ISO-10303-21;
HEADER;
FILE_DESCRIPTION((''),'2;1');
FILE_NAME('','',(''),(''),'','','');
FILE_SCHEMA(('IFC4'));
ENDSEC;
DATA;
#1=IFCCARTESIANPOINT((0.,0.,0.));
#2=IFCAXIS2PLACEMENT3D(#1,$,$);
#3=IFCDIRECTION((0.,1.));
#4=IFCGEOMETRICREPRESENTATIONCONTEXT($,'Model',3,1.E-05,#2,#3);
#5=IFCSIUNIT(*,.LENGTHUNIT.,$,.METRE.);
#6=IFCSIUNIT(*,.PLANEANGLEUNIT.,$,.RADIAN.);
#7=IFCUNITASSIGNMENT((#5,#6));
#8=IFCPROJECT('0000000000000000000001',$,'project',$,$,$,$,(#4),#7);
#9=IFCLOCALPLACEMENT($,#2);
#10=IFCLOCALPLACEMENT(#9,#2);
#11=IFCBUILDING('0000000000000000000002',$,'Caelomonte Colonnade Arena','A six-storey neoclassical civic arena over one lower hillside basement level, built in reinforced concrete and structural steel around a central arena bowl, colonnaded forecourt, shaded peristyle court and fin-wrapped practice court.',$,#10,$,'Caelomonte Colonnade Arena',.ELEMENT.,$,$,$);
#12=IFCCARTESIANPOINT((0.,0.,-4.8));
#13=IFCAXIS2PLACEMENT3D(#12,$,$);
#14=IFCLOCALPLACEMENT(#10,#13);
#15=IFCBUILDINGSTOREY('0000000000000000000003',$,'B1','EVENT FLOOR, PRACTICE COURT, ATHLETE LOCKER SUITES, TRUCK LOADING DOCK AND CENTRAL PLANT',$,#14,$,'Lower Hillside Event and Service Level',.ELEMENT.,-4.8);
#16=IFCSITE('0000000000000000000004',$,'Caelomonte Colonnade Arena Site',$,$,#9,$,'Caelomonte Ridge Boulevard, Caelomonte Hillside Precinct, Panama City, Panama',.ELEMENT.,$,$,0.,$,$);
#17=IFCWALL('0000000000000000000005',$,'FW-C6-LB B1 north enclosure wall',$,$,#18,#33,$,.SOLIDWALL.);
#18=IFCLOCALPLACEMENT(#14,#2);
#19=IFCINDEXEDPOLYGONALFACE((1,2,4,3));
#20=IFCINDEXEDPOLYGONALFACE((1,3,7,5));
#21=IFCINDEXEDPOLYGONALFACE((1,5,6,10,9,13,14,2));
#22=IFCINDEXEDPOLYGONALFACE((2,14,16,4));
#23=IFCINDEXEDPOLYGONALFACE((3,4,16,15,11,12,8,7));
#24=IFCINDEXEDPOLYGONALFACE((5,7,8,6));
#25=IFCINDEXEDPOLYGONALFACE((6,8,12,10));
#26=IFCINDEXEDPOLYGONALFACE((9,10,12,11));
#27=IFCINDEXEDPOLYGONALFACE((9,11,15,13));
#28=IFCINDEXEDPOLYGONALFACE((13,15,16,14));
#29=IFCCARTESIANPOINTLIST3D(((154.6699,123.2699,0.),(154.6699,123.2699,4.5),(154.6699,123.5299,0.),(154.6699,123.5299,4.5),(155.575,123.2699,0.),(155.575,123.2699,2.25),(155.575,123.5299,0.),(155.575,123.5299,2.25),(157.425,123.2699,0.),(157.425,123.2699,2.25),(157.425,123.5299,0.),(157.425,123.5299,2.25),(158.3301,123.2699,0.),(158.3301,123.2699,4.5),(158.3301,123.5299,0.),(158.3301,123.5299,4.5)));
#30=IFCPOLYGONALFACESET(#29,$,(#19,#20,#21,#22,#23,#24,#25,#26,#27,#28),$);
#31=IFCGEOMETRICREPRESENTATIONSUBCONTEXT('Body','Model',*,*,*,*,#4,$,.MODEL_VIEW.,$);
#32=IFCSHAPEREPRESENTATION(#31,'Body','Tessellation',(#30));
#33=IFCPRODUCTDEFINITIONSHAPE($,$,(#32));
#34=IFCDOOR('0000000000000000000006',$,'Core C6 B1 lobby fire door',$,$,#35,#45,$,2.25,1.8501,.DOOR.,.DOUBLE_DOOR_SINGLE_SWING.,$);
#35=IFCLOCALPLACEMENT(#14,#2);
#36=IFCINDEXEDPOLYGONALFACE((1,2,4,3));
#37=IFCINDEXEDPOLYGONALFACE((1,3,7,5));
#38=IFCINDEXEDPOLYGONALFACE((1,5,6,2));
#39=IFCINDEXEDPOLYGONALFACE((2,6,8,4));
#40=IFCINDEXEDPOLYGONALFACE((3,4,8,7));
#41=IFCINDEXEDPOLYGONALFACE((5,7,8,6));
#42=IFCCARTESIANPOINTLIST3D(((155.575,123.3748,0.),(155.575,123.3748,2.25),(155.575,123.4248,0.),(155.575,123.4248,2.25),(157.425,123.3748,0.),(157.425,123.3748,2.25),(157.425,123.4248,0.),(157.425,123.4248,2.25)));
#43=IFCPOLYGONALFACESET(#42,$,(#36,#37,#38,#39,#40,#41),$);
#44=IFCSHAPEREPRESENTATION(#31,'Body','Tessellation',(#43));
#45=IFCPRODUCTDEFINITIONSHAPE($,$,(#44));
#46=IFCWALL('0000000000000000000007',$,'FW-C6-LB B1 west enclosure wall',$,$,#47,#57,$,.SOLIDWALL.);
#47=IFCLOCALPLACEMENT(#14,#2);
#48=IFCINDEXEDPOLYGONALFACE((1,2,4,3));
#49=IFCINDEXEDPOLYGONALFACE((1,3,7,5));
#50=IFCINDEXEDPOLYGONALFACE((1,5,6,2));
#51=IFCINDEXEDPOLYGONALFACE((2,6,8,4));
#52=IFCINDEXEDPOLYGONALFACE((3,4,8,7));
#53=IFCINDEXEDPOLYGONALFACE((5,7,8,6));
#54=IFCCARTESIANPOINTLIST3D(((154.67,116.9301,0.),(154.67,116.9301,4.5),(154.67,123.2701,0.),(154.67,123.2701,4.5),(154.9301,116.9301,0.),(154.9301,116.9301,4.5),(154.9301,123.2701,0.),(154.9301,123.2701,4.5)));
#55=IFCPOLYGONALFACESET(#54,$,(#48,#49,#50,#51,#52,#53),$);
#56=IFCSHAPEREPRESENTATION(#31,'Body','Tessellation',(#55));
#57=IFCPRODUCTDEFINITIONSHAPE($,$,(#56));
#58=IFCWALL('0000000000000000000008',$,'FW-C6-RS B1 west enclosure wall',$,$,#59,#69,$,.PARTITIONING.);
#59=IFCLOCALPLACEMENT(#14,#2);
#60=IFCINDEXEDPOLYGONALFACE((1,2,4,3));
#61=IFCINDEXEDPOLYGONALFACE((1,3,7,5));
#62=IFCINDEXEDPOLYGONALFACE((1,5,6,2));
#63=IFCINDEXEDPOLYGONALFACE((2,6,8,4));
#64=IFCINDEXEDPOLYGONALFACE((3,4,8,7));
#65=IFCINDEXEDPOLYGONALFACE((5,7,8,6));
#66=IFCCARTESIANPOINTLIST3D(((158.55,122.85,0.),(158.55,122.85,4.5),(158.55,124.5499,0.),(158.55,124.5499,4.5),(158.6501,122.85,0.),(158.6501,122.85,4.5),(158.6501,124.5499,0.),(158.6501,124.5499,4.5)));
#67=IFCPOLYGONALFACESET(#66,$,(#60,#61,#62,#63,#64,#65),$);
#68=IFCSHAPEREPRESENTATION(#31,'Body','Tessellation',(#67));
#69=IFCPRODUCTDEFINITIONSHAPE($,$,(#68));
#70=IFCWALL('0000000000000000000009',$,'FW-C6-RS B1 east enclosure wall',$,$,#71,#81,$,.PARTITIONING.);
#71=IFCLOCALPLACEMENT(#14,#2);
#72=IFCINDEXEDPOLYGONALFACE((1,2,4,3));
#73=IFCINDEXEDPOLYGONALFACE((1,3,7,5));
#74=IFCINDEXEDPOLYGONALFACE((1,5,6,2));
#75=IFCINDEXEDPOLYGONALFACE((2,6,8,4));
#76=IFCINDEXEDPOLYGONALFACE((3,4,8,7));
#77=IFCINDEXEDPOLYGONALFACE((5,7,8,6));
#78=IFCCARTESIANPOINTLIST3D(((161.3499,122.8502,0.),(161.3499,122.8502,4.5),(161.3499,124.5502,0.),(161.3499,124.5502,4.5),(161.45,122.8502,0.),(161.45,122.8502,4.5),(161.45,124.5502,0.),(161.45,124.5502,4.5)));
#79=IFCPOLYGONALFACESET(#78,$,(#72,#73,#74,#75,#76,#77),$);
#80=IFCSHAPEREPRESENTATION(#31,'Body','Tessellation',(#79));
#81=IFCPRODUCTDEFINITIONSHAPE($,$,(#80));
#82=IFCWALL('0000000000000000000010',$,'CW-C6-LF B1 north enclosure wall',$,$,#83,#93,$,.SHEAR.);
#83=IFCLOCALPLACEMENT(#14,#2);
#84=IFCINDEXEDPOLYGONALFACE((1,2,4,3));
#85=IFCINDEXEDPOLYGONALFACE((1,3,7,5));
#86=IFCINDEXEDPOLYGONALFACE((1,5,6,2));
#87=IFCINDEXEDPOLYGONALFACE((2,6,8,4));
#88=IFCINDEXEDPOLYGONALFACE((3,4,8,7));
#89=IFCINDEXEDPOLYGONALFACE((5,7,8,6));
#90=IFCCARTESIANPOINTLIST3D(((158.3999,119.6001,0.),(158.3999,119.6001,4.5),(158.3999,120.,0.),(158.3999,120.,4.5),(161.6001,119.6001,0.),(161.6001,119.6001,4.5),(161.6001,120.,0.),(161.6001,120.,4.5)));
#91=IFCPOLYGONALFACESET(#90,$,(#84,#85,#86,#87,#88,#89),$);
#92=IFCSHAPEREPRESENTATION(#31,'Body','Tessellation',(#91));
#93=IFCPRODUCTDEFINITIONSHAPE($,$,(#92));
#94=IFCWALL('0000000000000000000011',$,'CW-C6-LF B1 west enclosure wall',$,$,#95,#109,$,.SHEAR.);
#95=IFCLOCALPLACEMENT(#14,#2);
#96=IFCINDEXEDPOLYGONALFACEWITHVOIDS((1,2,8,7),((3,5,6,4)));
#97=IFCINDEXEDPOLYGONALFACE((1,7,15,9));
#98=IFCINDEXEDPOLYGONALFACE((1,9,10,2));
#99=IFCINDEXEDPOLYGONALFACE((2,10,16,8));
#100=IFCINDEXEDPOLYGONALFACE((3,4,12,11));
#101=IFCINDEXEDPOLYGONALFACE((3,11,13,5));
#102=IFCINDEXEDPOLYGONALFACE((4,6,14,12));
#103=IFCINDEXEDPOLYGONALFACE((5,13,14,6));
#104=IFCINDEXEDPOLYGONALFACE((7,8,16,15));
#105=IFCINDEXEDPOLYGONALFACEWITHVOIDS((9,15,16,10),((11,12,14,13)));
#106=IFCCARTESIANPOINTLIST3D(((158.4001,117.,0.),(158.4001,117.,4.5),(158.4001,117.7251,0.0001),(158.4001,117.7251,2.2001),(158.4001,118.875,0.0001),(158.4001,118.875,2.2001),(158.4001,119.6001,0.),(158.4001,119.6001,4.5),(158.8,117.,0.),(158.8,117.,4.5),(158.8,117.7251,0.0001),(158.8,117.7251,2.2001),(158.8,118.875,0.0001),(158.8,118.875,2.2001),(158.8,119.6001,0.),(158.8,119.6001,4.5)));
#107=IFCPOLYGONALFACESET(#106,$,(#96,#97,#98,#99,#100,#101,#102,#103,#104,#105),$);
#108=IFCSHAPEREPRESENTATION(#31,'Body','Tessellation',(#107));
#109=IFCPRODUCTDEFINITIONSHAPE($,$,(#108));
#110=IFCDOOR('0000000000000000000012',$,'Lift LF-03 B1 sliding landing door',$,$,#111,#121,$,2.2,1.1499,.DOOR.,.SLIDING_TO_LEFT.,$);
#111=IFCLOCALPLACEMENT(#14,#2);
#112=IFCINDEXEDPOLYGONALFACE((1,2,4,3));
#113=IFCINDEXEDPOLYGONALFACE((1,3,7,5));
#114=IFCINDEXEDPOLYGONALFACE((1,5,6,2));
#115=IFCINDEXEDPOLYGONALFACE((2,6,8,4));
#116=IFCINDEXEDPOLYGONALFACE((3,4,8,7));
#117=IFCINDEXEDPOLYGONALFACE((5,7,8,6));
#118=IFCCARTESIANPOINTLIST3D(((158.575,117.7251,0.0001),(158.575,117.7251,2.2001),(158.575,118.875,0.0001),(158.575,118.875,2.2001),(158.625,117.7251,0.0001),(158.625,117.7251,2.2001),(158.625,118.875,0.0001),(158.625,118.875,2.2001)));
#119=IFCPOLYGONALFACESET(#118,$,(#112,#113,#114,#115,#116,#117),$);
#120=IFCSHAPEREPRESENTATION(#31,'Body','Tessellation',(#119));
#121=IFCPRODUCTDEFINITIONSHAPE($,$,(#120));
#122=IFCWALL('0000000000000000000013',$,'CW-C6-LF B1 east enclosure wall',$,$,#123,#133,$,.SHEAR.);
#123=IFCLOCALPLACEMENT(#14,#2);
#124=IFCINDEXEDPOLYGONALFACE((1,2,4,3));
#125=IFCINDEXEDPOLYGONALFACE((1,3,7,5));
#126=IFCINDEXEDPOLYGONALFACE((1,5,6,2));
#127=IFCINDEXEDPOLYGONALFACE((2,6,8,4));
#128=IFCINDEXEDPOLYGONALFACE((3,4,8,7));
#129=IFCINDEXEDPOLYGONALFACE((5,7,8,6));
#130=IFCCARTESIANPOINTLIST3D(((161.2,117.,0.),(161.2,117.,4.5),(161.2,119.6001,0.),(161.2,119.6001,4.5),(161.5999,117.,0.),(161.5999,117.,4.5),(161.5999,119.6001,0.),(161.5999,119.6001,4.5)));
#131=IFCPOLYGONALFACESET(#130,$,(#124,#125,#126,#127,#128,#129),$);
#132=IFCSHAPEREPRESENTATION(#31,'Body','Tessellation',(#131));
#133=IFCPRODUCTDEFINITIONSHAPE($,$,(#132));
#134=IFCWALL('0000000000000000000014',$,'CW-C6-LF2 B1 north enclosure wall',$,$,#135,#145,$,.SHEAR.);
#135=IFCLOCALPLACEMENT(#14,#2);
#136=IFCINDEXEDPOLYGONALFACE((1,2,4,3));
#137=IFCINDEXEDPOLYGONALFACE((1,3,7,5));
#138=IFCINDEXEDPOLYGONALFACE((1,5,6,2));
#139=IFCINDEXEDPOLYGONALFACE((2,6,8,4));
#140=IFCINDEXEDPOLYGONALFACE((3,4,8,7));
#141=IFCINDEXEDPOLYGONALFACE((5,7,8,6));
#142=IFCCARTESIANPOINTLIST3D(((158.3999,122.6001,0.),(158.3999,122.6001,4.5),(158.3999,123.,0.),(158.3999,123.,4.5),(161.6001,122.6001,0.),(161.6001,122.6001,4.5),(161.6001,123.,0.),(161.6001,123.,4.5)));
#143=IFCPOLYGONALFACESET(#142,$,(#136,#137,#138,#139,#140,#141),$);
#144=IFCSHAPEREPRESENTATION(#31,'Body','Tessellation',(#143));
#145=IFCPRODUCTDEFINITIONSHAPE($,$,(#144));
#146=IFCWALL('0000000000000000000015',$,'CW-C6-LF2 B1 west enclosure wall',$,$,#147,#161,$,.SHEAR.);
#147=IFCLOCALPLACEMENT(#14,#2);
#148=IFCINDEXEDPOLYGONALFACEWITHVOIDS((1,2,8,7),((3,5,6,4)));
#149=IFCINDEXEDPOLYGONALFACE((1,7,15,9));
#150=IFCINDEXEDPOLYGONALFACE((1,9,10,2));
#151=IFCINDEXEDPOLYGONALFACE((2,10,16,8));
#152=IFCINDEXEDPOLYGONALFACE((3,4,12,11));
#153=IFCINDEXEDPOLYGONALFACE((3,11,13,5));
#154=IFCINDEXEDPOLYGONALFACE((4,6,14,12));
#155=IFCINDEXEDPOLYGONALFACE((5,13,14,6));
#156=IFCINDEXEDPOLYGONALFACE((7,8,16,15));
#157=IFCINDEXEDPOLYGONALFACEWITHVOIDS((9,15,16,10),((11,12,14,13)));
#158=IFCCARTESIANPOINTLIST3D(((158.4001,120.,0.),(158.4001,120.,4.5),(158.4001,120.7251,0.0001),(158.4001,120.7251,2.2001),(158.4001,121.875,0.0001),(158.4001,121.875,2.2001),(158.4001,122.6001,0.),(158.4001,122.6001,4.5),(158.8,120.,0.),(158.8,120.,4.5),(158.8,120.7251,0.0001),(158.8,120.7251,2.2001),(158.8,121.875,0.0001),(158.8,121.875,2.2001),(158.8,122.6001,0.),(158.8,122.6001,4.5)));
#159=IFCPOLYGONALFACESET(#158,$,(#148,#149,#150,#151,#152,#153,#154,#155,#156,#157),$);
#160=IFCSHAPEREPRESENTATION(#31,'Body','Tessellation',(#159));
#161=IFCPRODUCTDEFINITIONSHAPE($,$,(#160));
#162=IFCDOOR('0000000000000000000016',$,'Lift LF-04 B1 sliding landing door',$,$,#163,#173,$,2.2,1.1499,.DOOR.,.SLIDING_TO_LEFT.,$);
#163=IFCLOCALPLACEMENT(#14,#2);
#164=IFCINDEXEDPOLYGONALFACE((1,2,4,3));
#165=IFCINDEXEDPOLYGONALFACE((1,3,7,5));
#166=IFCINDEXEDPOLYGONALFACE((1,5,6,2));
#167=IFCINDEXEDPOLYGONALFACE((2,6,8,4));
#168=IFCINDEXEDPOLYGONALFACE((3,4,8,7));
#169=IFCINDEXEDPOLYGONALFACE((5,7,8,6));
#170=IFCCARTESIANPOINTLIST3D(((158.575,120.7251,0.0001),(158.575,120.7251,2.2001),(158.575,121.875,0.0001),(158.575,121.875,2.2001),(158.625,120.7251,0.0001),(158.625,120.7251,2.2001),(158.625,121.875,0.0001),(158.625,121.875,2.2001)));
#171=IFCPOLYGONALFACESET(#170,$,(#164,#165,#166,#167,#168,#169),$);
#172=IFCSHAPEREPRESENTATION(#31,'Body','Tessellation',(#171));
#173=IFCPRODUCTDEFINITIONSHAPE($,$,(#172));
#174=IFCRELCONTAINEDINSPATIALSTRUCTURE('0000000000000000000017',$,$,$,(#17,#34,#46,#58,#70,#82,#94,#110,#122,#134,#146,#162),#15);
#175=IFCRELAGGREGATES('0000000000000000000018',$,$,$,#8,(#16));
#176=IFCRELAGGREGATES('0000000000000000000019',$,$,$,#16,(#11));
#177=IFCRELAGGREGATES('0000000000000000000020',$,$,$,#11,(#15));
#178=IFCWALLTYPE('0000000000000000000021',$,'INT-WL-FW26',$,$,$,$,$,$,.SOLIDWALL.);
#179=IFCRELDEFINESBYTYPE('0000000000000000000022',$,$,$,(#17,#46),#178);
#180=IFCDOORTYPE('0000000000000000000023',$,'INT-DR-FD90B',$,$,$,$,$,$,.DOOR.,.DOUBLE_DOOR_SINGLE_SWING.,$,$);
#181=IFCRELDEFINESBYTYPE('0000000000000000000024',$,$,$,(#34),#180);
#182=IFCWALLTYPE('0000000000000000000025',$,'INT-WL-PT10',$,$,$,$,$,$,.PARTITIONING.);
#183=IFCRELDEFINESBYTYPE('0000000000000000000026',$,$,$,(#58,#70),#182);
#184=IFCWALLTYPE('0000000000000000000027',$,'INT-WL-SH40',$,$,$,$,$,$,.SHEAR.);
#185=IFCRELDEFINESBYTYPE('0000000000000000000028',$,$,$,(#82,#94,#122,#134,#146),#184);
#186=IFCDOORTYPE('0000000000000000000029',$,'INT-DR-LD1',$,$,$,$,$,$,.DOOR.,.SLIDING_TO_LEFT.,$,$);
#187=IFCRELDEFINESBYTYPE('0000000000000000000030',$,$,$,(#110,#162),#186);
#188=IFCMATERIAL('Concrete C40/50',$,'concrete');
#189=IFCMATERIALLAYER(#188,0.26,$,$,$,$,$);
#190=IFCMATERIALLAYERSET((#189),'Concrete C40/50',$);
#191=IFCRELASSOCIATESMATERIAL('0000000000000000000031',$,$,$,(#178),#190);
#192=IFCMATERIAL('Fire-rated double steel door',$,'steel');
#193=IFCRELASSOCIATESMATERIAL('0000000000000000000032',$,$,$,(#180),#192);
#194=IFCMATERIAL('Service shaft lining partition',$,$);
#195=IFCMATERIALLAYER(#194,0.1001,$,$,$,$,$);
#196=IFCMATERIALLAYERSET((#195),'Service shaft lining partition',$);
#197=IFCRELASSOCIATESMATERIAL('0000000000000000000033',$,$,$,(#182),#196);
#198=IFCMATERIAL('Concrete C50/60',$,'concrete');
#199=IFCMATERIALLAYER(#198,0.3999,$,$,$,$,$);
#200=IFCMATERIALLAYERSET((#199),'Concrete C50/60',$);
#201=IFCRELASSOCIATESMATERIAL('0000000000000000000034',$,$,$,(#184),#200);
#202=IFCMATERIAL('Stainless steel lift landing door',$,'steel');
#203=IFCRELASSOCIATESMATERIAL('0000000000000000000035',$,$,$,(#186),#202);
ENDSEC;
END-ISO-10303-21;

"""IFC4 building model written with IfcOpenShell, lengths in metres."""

from ifc_helpers import new_model, si_unit, direction, frame, frame_2d, origin, place, context, subcontext, project, spatial, rectangle, extrude, material, layer, layer_set, type_object, element, fill, save


model = new_model("IFC4")

# Units and contexts
model_context = context("Model", 3, precision=1e-05, world=origin(), true_north=direction((0.0, 1.0)))
body_context = subcontext(model_context, "Body", "Model", "MODEL_VIEW")
ifc_project = project(units=[si_unit("LENGTHUNIT", "METRE"), si_unit("PLANEANGLEUNIT", "RADIAN")], contexts=[model_context])

# Site, building, storey
site_placement = place(None, origin())
site = spatial("IfcSite", under=ifc_project, at=site_placement, Name="Caelomonte Colonnade Arena Site", LongName="Caelomonte Ridge Boulevard, Caelomonte Hillside Precinct, Panama City, Panama", CompositionType="ELEMENT", RefElevation=0.0)
building_placement = place(site_placement, origin())
building = spatial("IfcBuilding", under=site, at=building_placement, Name="Caelomonte Colonnade Arena", Description="A six-storey neoclassical civic arena over one lower hillside basement level, built in reinforced concrete and structural steel around a central arena bowl, colonnaded forecourt, shaded peristyle court and fin-wrapped practice court.", LongName="Caelomonte Colonnade Arena", CompositionType="ELEMENT")
storey_placement = place(building_placement, frame((0.0, 0.0, -4.8)))
storey = spatial("IfcBuildingStorey", under=building, at=storey_placement, Name="B1", Description="EVENT FLOOR, PRACTICE COURT, ATHLETE LOCKER SUITES, TRUCK LOADING DOCK AND CENTRAL PLANT", LongName="Lower Hillside Event and Service Level", CompositionType="ELEMENT", Elevation=-4.8)

# Shared definitions
ifc_material_1 = material(Name="Concrete C40/50", Category="concrete")

# Wall, opening, door
ifc_layer_1 = layer(ifc_material_1, 0.26)
ifc_layer_set_1 = layer_set([ifc_layer_1], Name="Concrete C40/50")
wall_type_1 = type_object("IfcWallType", Name="INT-WL-FW26", PredefinedType="SOLIDWALL", material=ifc_layer_set_1)
wall_1_placement = place(storey_placement, frame((158.3301, 123.3999, 0.0), z_axis=(0.0, 0.0, 1.0), x_axis=(-1.0, 0.0, 0.0)))
wall_1 = element("IfcWall", 1, at=wall_1_placement, inside=storey, type_object=wall_type_1, Name="FW-C6-LB B1 north enclosure wall", PredefinedType="SOLIDWALL", context=body_context, shape_type="SweptSolid", body=[
    extrude(rectangle(XDim=3.6602, YDim=0.26, at=frame_2d((1.8301, 0.0))), origin(), (0.0, 0.0, 1.0), 4.5),
])
opening_1_placement = place(wall_1_placement, frame((2.7551, 0.0, 0.0), z_axis=(0.0, 0.0, 1.0), x_axis=(-1.0, 0.0, 0.0)))
opening_1 = element("IfcOpeningElement", 2, at=opening_1_placement, cuts=wall_1, PredefinedType="OPENING", context=body_context, shape_type="SweptSolid", body=[
    extrude(rectangle(XDim=1.8501, YDim=2.25, at=frame_2d((0.925, 1.125))), frame((0.0, 0.1399, 0.0), z_axis=(0.0, -1.0, 0.0), x_axis=(1.0, 0.0, 0.0)), (0.0, 0.0, 1.0), 0.28),
])
ifc_material_2 = material(Name="Fire-rated double steel door", Category="steel")
door_type_1 = type_object("IfcDoorType", Name="INT-DR-FD90B", OperationType="DOUBLE_DOOR_SINGLE_SWING", PredefinedType="DOOR", material=ifc_material_2)
door_1_placement = place(opening_1_placement, origin())
door_1 = element("IfcDoor", 3, at=door_1_placement, inside=storey, type_object=door_type_1, Name="Core C6 B1 lobby fire door", OperationType="DOUBLE_DOOR_SINGLE_SWING", OverallHeight=2.25, OverallWidth=1.8501, PredefinedType="DOOR", context=body_context, shape_type="SweptSolid", body=[
    extrude(rectangle(XDim=1.8501, YDim=2.25, at=frame_2d((0.925, 1.125))), frame((0.0, 0.0249, 0.0), z_axis=(0.0, -1.0, 0.0), x_axis=(1.0, 0.0, 0.0)), (0.0, 0.0, 1.0), 0.05),
])
fill(opening_1, door_1)

# Walls
wall_2_placement = place(storey_placement, frame((154.8, 123.27, 0.0), z_axis=(0.0, 0.0, 1.0), x_axis=(0.0, -1.0, 0.0)))
element("IfcWall", 4, at=wall_2_placement, inside=storey, type_object=wall_type_1, Name="FW-C6-LB B1 west enclosure wall", PredefinedType="SOLIDWALL", context=body_context, shape_type="SweptSolid", body=[
    extrude(rectangle(XDim=6.3401, YDim=0.26, at=frame_2d((3.1699, 0.0))), origin(), (0.0, 0.0, 1.0), 4.5),
])
ifc_material_3 = material(Name="Service shaft lining partition")
ifc_layer_2 = layer(ifc_material_3, 0.1001)
ifc_layer_set_2 = layer_set([ifc_layer_2], Name="Service shaft lining partition")
wall_type_2 = type_object("IfcWallType", Name="INT-WL-PT10", PredefinedType="PARTITIONING", material=ifc_layer_set_2)
for number, where, z_axis, x_axis, name in (
    (5, (158.6001, 124.55, 0.0), (0.0, 0.0, 1.0), (0.0, -1.0, 0.0), "FW-C6-RS B1 west enclosure wall"),
    (6, (161.3999, 122.8501, 0.0), (0.0, 0.0, 1.0), (0.0, 1.0, 0.0), "FW-C6-RS B1 east enclosure wall"),
):
    element("IfcWall", number, at=place(storey_placement, frame(where, z_axis=z_axis, x_axis=x_axis)), inside=storey, type_object=wall_type_2, Name=name, PredefinedType="PARTITIONING", context=body_context, shape_type="SweptSolid", body=[
        extrude(rectangle(XDim=1.7, YDim=0.1001, at=frame_2d((0.8501, 0.0))), origin(), (0.0, 0.0, 1.0), 4.5),
    ])
ifc_material_4 = material(Name="Concrete C50/60", Category="concrete")
ifc_layer_3 = layer(ifc_material_4, 0.3999)
ifc_layer_set_3 = layer_set([ifc_layer_3], Name="Concrete C50/60")
wall_type_3 = type_object("IfcWallType", Name="INT-WL-SH40", PredefinedType="SHEAR", material=ifc_layer_set_3)
wall_3_placement = place(storey_placement, frame((161.6001, 119.8, 0.0), z_axis=(0.0, 0.0, 1.0), x_axis=(-1.0, 0.0, 0.0)))
element("IfcWall", 7, at=wall_3_placement, inside=storey, type_object=wall_type_3, Name="CW-C6-LF B1 north enclosure wall", PredefinedType="SHEAR", context=body_context, shape_type="SweptSolid", body=[
    extrude(rectangle(XDim=3.2002, YDim=0.3999, at=frame_2d((1.6001, 0.0))), origin(), (0.0, 0.0, 1.0), 4.5),
])

# Wall, opening, door
wall_4_placement = place(storey_placement, frame((158.6001, 119.6001, 0.0), z_axis=(0.0, 0.0, 1.0), x_axis=(0.0, -1.0, 0.0)))
wall_4 = element("IfcWall", 8, at=wall_4_placement, inside=storey, type_object=wall_type_3, Name="CW-C6-LF B1 west enclosure wall", PredefinedType="SHEAR", context=body_context, shape_type="SweptSolid", body=[
    extrude(rectangle(XDim=2.6001, YDim=0.3999, at=frame_2d((1.3, 0.0))), origin(), (0.0, 0.0, 1.0), 4.5),
])
opening_2_placement = place(wall_4_placement, frame((0.7251, 0.0, 0.0), z_axis=(0.0, 0.0, 1.0), x_axis=(1.0, 0.0, 0.0)))
opening_2 = element("IfcOpeningElement", 9, at=opening_2_placement, cuts=wall_4, PredefinedType="OPENING", context=body_context, shape_type="SweptSolid", body=[
    extrude(rectangle(XDim=1.1499, YDim=2.2, at=frame_2d((0.575, 1.1001))), frame((0.0, 0.21, 0.0), z_axis=(0.0, -1.0, 0.0), x_axis=(1.0, 0.0, 0.0)), (0.0, 0.0, 1.0), 0.4199),
])
ifc_material_5 = material(Name="Stainless steel lift landing door", Category="steel")
door_type_2 = type_object("IfcDoorType", Name="INT-DR-LD1", OperationType="SLIDING_TO_LEFT", PredefinedType="DOOR", material=ifc_material_5)
door_2_placement = place(opening_2_placement, origin())
door_2 = element("IfcDoor", 10, at=door_2_placement, inside=storey, type_object=door_type_2, Name="Lift LF-03 B1 sliding landing door", OperationType="SLIDING_TO_LEFT", OverallHeight=2.2, OverallWidth=1.1499, PredefinedType="DOOR", context=body_context, shape_type="SweptSolid", body=[
    extrude(rectangle(XDim=1.1499, YDim=2.2, at=frame_2d((0.575, 1.1001))), frame((0.0, 0.0249, 0.0), z_axis=(0.0, -1.0, 0.0), x_axis=(1.0, 0.0, 0.0)), (0.0, 0.0, 1.0), 0.05),
])
fill(opening_2, door_2)

# Walls
wall_5_placement = place(storey_placement, frame((161.3999, 117.0, 0.0), z_axis=(0.0, 0.0, 1.0), x_axis=(0.0, 1.0, 0.0)))
element("IfcWall", 11, at=wall_5_placement, inside=storey, type_object=wall_type_3, Name="CW-C6-LF B1 east enclosure wall", PredefinedType="SHEAR", context=body_context, shape_type="SweptSolid", body=[
    extrude(rectangle(XDim=2.6001, YDim=0.3999, at=frame_2d((1.3, 0.0))), origin(), (0.0, 0.0, 1.0), 4.5),
])
wall_6_placement = place(storey_placement, frame((161.6001, 122.8, 0.0), z_axis=(0.0, 0.0, 1.0), x_axis=(-1.0, 0.0, 0.0)))
element("IfcWall", 12, at=wall_6_placement, inside=storey, type_object=wall_type_3, Name="CW-C6-LF2 B1 north enclosure wall", PredefinedType="SHEAR", context=body_context, shape_type="SweptSolid", body=[
    extrude(rectangle(XDim=3.2002, YDim=0.3999, at=frame_2d((1.6001, 0.0))), origin(), (0.0, 0.0, 1.0), 4.5),
])

# Wall, opening, door
wall_7_placement = place(storey_placement, frame((158.6001, 122.6001, 0.0), z_axis=(0.0, 0.0, 1.0), x_axis=(0.0, -1.0, 0.0)))
wall_7 = element("IfcWall", 13, at=wall_7_placement, inside=storey, type_object=wall_type_3, Name="CW-C6-LF2 B1 west enclosure wall", PredefinedType="SHEAR", context=body_context, shape_type="SweptSolid", body=[
    extrude(rectangle(XDim=2.6001, YDim=0.3999, at=frame_2d((1.3, 0.0))), origin(), (0.0, 0.0, 1.0), 4.5),
])
opening_3_placement = place(wall_7_placement, frame((0.7251, 0.0, 0.0), z_axis=(0.0, 0.0, 1.0), x_axis=(1.0, 0.0, 0.0)))
opening_3 = element("IfcOpeningElement", 14, at=opening_3_placement, cuts=wall_7, PredefinedType="OPENING", context=body_context, shape_type="SweptSolid", body=[
    extrude(rectangle(XDim=1.1499, YDim=2.2, at=frame_2d((0.575, 1.1001))), frame((0.0, 0.21, 0.0), z_axis=(0.0, -1.0, 0.0), x_axis=(1.0, 0.0, 0.0)), (0.0, 0.0, 1.0), 0.4199),
])
door_3_placement = place(opening_3_placement, origin())
door_3 = element("IfcDoor", 15, at=door_3_placement, inside=storey, type_object=door_type_2, Name="Lift LF-04 B1 sliding landing door", OperationType="SLIDING_TO_LEFT", OverallHeight=2.2, OverallWidth=1.1499, PredefinedType="DOOR", context=body_context, shape_type="SweptSolid", body=[
    extrude(rectangle(XDim=1.1499, YDim=2.2, at=frame_2d((0.575, 1.1001))), frame((0.0, 0.0249, 0.0), z_axis=(0.0, -1.0, 0.0), x_axis=(1.0, 0.0, 0.0)), (0.0, 0.0, 1.0), 0.05),
])
fill(opening_3, door_3)

save(model, "model.ifc")
